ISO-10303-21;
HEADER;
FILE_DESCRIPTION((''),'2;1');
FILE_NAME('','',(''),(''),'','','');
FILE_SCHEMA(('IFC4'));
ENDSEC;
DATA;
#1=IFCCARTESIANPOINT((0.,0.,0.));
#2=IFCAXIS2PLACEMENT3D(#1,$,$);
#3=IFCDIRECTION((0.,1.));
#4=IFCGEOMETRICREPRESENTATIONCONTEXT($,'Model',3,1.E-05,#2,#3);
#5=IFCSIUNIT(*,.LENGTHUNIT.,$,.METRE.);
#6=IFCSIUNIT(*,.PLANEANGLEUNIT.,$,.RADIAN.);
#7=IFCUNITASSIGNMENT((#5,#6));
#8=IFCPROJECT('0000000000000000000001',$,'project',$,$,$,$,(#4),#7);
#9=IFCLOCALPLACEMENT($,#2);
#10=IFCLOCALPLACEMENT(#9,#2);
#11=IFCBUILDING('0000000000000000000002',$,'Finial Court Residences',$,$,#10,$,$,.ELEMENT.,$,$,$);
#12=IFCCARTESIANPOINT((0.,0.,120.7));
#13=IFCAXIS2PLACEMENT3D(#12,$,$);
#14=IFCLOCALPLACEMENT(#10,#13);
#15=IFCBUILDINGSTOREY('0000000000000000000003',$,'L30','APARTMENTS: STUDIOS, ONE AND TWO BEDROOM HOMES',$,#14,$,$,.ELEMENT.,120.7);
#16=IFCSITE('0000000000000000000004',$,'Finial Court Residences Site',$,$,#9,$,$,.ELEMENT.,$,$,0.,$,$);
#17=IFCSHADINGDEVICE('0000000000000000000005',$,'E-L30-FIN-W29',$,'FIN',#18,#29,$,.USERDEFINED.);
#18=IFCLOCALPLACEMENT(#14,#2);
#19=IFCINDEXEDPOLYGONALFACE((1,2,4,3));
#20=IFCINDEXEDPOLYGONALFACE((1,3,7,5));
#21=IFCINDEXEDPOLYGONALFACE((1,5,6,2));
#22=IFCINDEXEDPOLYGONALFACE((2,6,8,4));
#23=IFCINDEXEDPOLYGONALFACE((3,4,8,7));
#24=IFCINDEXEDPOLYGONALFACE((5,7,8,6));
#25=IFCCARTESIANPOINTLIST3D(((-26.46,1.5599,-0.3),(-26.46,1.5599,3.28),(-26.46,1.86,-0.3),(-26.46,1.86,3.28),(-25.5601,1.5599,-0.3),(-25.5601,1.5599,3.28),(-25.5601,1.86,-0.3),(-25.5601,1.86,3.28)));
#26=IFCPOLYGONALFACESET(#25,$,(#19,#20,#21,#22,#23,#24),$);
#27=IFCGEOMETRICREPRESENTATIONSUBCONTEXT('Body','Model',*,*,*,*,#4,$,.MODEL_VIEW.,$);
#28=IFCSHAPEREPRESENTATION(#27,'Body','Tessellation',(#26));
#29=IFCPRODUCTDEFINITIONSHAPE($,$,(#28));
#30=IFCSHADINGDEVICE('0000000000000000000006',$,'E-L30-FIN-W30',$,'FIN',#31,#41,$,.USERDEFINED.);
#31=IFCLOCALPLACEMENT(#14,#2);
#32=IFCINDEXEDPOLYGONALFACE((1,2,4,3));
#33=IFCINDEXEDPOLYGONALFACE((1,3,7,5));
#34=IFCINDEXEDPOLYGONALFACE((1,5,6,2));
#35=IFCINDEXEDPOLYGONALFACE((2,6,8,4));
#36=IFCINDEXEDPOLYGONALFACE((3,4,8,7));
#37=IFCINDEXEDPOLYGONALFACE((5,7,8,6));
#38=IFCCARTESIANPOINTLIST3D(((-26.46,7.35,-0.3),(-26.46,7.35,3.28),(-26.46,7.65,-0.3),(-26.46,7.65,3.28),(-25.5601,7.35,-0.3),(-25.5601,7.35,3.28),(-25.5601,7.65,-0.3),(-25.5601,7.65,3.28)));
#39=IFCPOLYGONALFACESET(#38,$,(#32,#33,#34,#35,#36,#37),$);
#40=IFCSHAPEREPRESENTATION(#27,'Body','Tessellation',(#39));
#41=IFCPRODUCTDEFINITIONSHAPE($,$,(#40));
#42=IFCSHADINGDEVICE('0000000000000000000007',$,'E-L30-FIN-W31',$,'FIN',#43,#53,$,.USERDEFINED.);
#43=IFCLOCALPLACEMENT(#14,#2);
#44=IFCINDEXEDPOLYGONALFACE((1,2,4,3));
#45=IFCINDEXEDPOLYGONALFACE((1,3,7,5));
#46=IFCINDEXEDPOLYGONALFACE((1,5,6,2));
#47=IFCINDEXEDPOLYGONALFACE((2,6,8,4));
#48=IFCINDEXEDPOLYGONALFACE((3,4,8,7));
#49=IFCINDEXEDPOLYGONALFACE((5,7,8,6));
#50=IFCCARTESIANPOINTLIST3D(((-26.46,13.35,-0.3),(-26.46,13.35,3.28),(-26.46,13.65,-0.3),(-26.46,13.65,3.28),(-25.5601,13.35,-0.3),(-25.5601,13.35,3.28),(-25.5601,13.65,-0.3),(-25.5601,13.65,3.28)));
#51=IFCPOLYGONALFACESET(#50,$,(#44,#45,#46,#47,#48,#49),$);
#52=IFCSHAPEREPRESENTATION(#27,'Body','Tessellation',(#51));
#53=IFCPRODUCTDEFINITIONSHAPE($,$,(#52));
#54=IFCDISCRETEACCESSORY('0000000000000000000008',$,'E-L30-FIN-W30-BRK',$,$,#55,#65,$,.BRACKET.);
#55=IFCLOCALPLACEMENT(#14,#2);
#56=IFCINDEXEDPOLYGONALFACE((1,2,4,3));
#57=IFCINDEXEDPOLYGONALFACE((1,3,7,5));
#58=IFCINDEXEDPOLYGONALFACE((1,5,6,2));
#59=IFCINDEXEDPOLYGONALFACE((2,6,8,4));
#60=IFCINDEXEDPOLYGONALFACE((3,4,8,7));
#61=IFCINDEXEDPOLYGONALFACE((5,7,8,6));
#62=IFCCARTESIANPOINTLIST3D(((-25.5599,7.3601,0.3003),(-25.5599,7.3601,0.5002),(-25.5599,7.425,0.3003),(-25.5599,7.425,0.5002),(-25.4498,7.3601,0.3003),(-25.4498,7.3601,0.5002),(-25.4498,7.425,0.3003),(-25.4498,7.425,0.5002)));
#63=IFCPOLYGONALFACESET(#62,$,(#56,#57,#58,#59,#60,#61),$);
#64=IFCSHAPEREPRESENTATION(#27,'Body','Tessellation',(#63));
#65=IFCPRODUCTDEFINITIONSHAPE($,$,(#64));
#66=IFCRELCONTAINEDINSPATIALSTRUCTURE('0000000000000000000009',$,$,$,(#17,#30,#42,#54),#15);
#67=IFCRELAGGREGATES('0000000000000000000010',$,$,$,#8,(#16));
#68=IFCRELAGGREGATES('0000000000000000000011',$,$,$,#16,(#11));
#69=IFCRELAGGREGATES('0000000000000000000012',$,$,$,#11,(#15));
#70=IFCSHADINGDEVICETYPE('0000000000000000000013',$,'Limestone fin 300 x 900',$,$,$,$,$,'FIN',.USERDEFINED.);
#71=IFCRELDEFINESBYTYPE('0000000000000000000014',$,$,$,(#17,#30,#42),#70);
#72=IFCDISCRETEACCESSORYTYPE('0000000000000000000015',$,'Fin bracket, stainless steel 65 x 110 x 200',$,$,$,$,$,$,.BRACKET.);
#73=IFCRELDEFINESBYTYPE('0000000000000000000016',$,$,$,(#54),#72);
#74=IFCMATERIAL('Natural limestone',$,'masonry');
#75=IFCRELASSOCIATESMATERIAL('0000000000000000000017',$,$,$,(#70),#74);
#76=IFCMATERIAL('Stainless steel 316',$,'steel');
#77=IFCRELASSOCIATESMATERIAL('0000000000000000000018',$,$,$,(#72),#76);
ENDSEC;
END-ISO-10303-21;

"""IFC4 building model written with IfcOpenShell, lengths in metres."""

from ifc_helpers import new_model, si_unit, direction, frame, origin, origin_2d, place, context, subcontext, project, spatial, rectangle, extrude, material, type_object, element, save


model = new_model("IFC4")

# Units and contexts
model_context = context("Model", 3, precision=1e-05, world=origin(), true_north=direction((0.0, 1.0)))
body_context = subcontext(model_context, "Body", "Model", "MODEL_VIEW")
ifc_project = project(units=[si_unit("LENGTHUNIT", "METRE"), si_unit("PLANEANGLEUNIT", "RADIAN")], contexts=[model_context])

# Site, building, storey
site_placement = place(None, origin())
site = spatial("IfcSite", under=ifc_project, at=site_placement, Name="Finial Court Residences Site", CompositionType="ELEMENT", RefElevation=0.0)
building_placement = place(site_placement, origin())
building = spatial("IfcBuilding", under=site, at=building_placement, Name="Finial Court Residences", CompositionType="ELEMENT")
storey_placement = place(building_placement, frame((0.0, 0.0, 120.7)))
storey = spatial("IfcBuildingStorey", under=building, at=storey_placement, Name="L30", Description="APARTMENTS: STUDIOS, ONE AND TWO BEDROOM HOMES", CompositionType="ELEMENT", Elevation=120.7)

# Shared definitions
ifc_material_1 = material(Name="Natural limestone", Category="masonry")

# Shading devices
shading_device_type = type_object("IfcShadingDeviceType", Name="Limestone fin 300 x 900", ElementType="FIN", PredefinedType="USERDEFINED", material=ifc_material_1)
for number, where, z_axis, x_axis, name in (
    (1, (-26.01, 1.71, -0.3), (0.0, 0.0, 1.0), (1.0, 0.0, 0.0), "E-L30-FIN-W29"),
    (2, (-26.01, 7.5, -0.3), (0.0, 0.0, 1.0), (1.0, 0.0, 0.0), "E-L30-FIN-W30"),
    (3, (-26.01, 13.5, -0.3), (0.0, 0.0, 1.0), (1.0, 0.0, 0.0), "E-L30-FIN-W31"),
):
    element("IfcShadingDevice", number, at=place(storey_placement, frame(where, z_axis=z_axis, x_axis=x_axis)), inside=storey, type_object=shading_device_type, Name=name, ObjectType="FIN", PredefinedType="USERDEFINED", context=body_context, shape_type="SweptSolid", body=[
        extrude(rectangle(XDim=0.8999, YDim=0.3, at=origin_2d()), origin(), (0.0, 0.0, 1.0), 3.5801),
    ])

# Discrete accessory
ifc_material_2 = material(Name="Stainless steel 316", Category="steel")
discrete_accessory_type = type_object("IfcDiscreteAccessoryType", Name="Fin bracket, stainless steel 65 x 110 x 200", PredefinedType="BRACKET", material=ifc_material_2)
discrete_accessory_placement = place(storey_placement, frame((-25.5049, 7.3926, 0.3003), z_axis=(0.0, 0.0, 1.0), x_axis=(1.0, 0.0, 0.0)))
element("IfcDiscreteAccessory", 4, at=discrete_accessory_placement, inside=storey, type_object=discrete_accessory_type, Name="E-L30-FIN-W30-BRK", PredefinedType="BRACKET", context=body_context, shape_type="SweptSolid", body=[
    extrude(rectangle(XDim=0.1101, YDim=0.0649, at=origin_2d()), origin(), (0.0, 0.0, 1.0), 0.2),
])

save(model, "model.ifc")
